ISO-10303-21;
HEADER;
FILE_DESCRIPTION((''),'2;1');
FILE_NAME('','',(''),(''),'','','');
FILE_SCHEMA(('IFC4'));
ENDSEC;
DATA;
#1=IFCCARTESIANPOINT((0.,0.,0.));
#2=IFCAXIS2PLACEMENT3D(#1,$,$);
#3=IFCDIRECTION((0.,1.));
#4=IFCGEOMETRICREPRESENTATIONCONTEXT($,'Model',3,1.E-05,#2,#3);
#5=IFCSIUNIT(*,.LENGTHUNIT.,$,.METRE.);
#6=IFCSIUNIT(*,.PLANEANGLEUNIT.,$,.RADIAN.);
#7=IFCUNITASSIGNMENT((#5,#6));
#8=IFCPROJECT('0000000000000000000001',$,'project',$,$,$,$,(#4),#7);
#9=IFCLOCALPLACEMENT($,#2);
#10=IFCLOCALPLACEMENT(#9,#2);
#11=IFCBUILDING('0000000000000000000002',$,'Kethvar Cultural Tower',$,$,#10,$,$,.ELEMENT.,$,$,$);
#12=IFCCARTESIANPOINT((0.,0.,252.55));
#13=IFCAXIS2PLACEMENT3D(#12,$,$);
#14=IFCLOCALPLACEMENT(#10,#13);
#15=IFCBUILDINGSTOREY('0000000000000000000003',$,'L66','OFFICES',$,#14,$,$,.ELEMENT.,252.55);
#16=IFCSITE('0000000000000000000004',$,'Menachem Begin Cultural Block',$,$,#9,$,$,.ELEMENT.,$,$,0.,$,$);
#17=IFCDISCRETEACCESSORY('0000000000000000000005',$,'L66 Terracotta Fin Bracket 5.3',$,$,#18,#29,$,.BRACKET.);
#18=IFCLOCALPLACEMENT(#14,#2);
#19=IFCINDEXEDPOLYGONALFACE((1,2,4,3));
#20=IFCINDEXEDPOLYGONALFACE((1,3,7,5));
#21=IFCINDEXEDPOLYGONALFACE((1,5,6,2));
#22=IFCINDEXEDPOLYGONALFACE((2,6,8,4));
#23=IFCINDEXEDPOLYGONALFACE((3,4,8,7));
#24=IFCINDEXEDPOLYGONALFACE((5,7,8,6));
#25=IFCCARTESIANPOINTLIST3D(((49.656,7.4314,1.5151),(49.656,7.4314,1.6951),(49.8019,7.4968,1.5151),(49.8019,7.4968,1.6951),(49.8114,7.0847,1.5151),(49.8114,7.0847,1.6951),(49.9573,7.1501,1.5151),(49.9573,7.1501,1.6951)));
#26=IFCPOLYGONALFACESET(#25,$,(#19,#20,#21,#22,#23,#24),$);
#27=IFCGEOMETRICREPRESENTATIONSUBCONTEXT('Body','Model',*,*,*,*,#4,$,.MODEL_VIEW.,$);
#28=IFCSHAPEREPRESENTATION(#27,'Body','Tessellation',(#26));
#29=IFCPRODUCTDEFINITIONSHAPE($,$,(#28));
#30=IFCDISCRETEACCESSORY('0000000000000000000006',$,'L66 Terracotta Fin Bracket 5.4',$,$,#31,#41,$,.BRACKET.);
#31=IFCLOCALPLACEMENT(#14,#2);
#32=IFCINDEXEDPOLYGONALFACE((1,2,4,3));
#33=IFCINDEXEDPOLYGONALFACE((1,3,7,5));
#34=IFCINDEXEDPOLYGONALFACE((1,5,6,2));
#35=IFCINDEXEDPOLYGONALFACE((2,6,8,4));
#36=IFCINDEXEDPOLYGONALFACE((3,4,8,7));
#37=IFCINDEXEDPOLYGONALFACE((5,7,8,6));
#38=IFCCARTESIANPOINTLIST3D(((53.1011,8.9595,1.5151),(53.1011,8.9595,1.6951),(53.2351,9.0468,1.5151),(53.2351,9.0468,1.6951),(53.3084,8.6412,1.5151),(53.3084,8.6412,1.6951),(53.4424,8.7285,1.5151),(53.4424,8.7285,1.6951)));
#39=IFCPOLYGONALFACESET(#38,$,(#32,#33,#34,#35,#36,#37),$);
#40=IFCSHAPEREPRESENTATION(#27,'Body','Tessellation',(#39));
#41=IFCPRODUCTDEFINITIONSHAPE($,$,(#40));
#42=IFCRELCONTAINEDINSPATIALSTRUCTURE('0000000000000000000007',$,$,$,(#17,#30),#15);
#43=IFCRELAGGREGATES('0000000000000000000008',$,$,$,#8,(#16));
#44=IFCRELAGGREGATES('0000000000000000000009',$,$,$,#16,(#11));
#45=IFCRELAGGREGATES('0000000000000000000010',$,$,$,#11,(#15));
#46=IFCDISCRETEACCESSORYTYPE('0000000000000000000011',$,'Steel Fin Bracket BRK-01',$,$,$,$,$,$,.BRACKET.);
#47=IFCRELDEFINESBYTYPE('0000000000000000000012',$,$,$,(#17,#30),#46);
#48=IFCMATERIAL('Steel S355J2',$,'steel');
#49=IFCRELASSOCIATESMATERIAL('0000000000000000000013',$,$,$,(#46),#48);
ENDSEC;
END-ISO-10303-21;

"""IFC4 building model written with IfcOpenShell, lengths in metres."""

from ifc_helpers import new_model, si_unit, direction, frame, origin, origin_2d, place, context, subcontext, project, spatial, rectangle, extrude, source, transform, mapped, material, type_object, element, save


model = new_model("IFC4")

# Units and contexts
model_context = context("Model", 3, precision=1e-05, world=origin(), true_north=direction((0.0, 1.0)))
body_context = subcontext(model_context, "Body", "Model", "MODEL_VIEW")
ifc_project = project(units=[si_unit("LENGTHUNIT", "METRE"), si_unit("PLANEANGLEUNIT", "RADIAN")], contexts=[model_context])

# Site, building, storey
site_placement = place(None, origin())
site = spatial("IfcSite", under=ifc_project, at=site_placement, Name="Menachem Begin Cultural Block", CompositionType="ELEMENT", RefElevation=0.0)
building_placement = place(site_placement, origin())
building = spatial("IfcBuilding", under=site, at=building_placement, Name="Kethvar Cultural Tower", CompositionType="ELEMENT")
storey_placement = place(building_placement, frame((0.0, 0.0, 252.55)))
storey = spatial("IfcBuildingStorey", under=building, at=storey_placement, Name="L66", Description="OFFICES", CompositionType="ELEMENT", Elevation=252.55)

# Shared definitions
ifc_material_1 = material(Name="Steel S355J2", Category="steel")

# Discrete accessories
discrete_accessory_type = type_object("IfcDiscreteAccessoryType", Name="Steel Fin Bracket BRK-01", PredefinedType="BRACKET", material=ifc_material_1)
shared_shape_1 = source(origin(), body_context, "Body", "SweptSolid", [
    extrude(rectangle(XDim=0.3799, YDim=0.1599, at=origin_2d()), origin(), (0.0, 0.0, 1.0), 0.1799),
])
for number, where, z_axis, x_axis, name in (
    (1, (49.8066, 7.2908, 1.5151), (0.0, 0.0, 1.0), (0.408968, -0.912549, 0.0), "L66 Terracotta Fin Bracket 5.3"),
    (2, (53.2717, 8.844, 1.5151), (0.0, 0.0, 1.0), (0.54581, -0.837909, 0.0), "L66 Terracotta Fin Bracket 5.4"),
):
    element("IfcDiscreteAccessory", number, at=place(storey_placement, frame(where, z_axis=z_axis, x_axis=x_axis)), inside=storey, type_object=discrete_accessory_type, Name=name, PredefinedType="BRACKET", context=body_context, shape_type="MappedRepresentation", body=[
        mapped(shared_shape_1, transform((0.0, 0.0, 0.0), scale=1.0)),
    ])

save(model, "model.ifc")
